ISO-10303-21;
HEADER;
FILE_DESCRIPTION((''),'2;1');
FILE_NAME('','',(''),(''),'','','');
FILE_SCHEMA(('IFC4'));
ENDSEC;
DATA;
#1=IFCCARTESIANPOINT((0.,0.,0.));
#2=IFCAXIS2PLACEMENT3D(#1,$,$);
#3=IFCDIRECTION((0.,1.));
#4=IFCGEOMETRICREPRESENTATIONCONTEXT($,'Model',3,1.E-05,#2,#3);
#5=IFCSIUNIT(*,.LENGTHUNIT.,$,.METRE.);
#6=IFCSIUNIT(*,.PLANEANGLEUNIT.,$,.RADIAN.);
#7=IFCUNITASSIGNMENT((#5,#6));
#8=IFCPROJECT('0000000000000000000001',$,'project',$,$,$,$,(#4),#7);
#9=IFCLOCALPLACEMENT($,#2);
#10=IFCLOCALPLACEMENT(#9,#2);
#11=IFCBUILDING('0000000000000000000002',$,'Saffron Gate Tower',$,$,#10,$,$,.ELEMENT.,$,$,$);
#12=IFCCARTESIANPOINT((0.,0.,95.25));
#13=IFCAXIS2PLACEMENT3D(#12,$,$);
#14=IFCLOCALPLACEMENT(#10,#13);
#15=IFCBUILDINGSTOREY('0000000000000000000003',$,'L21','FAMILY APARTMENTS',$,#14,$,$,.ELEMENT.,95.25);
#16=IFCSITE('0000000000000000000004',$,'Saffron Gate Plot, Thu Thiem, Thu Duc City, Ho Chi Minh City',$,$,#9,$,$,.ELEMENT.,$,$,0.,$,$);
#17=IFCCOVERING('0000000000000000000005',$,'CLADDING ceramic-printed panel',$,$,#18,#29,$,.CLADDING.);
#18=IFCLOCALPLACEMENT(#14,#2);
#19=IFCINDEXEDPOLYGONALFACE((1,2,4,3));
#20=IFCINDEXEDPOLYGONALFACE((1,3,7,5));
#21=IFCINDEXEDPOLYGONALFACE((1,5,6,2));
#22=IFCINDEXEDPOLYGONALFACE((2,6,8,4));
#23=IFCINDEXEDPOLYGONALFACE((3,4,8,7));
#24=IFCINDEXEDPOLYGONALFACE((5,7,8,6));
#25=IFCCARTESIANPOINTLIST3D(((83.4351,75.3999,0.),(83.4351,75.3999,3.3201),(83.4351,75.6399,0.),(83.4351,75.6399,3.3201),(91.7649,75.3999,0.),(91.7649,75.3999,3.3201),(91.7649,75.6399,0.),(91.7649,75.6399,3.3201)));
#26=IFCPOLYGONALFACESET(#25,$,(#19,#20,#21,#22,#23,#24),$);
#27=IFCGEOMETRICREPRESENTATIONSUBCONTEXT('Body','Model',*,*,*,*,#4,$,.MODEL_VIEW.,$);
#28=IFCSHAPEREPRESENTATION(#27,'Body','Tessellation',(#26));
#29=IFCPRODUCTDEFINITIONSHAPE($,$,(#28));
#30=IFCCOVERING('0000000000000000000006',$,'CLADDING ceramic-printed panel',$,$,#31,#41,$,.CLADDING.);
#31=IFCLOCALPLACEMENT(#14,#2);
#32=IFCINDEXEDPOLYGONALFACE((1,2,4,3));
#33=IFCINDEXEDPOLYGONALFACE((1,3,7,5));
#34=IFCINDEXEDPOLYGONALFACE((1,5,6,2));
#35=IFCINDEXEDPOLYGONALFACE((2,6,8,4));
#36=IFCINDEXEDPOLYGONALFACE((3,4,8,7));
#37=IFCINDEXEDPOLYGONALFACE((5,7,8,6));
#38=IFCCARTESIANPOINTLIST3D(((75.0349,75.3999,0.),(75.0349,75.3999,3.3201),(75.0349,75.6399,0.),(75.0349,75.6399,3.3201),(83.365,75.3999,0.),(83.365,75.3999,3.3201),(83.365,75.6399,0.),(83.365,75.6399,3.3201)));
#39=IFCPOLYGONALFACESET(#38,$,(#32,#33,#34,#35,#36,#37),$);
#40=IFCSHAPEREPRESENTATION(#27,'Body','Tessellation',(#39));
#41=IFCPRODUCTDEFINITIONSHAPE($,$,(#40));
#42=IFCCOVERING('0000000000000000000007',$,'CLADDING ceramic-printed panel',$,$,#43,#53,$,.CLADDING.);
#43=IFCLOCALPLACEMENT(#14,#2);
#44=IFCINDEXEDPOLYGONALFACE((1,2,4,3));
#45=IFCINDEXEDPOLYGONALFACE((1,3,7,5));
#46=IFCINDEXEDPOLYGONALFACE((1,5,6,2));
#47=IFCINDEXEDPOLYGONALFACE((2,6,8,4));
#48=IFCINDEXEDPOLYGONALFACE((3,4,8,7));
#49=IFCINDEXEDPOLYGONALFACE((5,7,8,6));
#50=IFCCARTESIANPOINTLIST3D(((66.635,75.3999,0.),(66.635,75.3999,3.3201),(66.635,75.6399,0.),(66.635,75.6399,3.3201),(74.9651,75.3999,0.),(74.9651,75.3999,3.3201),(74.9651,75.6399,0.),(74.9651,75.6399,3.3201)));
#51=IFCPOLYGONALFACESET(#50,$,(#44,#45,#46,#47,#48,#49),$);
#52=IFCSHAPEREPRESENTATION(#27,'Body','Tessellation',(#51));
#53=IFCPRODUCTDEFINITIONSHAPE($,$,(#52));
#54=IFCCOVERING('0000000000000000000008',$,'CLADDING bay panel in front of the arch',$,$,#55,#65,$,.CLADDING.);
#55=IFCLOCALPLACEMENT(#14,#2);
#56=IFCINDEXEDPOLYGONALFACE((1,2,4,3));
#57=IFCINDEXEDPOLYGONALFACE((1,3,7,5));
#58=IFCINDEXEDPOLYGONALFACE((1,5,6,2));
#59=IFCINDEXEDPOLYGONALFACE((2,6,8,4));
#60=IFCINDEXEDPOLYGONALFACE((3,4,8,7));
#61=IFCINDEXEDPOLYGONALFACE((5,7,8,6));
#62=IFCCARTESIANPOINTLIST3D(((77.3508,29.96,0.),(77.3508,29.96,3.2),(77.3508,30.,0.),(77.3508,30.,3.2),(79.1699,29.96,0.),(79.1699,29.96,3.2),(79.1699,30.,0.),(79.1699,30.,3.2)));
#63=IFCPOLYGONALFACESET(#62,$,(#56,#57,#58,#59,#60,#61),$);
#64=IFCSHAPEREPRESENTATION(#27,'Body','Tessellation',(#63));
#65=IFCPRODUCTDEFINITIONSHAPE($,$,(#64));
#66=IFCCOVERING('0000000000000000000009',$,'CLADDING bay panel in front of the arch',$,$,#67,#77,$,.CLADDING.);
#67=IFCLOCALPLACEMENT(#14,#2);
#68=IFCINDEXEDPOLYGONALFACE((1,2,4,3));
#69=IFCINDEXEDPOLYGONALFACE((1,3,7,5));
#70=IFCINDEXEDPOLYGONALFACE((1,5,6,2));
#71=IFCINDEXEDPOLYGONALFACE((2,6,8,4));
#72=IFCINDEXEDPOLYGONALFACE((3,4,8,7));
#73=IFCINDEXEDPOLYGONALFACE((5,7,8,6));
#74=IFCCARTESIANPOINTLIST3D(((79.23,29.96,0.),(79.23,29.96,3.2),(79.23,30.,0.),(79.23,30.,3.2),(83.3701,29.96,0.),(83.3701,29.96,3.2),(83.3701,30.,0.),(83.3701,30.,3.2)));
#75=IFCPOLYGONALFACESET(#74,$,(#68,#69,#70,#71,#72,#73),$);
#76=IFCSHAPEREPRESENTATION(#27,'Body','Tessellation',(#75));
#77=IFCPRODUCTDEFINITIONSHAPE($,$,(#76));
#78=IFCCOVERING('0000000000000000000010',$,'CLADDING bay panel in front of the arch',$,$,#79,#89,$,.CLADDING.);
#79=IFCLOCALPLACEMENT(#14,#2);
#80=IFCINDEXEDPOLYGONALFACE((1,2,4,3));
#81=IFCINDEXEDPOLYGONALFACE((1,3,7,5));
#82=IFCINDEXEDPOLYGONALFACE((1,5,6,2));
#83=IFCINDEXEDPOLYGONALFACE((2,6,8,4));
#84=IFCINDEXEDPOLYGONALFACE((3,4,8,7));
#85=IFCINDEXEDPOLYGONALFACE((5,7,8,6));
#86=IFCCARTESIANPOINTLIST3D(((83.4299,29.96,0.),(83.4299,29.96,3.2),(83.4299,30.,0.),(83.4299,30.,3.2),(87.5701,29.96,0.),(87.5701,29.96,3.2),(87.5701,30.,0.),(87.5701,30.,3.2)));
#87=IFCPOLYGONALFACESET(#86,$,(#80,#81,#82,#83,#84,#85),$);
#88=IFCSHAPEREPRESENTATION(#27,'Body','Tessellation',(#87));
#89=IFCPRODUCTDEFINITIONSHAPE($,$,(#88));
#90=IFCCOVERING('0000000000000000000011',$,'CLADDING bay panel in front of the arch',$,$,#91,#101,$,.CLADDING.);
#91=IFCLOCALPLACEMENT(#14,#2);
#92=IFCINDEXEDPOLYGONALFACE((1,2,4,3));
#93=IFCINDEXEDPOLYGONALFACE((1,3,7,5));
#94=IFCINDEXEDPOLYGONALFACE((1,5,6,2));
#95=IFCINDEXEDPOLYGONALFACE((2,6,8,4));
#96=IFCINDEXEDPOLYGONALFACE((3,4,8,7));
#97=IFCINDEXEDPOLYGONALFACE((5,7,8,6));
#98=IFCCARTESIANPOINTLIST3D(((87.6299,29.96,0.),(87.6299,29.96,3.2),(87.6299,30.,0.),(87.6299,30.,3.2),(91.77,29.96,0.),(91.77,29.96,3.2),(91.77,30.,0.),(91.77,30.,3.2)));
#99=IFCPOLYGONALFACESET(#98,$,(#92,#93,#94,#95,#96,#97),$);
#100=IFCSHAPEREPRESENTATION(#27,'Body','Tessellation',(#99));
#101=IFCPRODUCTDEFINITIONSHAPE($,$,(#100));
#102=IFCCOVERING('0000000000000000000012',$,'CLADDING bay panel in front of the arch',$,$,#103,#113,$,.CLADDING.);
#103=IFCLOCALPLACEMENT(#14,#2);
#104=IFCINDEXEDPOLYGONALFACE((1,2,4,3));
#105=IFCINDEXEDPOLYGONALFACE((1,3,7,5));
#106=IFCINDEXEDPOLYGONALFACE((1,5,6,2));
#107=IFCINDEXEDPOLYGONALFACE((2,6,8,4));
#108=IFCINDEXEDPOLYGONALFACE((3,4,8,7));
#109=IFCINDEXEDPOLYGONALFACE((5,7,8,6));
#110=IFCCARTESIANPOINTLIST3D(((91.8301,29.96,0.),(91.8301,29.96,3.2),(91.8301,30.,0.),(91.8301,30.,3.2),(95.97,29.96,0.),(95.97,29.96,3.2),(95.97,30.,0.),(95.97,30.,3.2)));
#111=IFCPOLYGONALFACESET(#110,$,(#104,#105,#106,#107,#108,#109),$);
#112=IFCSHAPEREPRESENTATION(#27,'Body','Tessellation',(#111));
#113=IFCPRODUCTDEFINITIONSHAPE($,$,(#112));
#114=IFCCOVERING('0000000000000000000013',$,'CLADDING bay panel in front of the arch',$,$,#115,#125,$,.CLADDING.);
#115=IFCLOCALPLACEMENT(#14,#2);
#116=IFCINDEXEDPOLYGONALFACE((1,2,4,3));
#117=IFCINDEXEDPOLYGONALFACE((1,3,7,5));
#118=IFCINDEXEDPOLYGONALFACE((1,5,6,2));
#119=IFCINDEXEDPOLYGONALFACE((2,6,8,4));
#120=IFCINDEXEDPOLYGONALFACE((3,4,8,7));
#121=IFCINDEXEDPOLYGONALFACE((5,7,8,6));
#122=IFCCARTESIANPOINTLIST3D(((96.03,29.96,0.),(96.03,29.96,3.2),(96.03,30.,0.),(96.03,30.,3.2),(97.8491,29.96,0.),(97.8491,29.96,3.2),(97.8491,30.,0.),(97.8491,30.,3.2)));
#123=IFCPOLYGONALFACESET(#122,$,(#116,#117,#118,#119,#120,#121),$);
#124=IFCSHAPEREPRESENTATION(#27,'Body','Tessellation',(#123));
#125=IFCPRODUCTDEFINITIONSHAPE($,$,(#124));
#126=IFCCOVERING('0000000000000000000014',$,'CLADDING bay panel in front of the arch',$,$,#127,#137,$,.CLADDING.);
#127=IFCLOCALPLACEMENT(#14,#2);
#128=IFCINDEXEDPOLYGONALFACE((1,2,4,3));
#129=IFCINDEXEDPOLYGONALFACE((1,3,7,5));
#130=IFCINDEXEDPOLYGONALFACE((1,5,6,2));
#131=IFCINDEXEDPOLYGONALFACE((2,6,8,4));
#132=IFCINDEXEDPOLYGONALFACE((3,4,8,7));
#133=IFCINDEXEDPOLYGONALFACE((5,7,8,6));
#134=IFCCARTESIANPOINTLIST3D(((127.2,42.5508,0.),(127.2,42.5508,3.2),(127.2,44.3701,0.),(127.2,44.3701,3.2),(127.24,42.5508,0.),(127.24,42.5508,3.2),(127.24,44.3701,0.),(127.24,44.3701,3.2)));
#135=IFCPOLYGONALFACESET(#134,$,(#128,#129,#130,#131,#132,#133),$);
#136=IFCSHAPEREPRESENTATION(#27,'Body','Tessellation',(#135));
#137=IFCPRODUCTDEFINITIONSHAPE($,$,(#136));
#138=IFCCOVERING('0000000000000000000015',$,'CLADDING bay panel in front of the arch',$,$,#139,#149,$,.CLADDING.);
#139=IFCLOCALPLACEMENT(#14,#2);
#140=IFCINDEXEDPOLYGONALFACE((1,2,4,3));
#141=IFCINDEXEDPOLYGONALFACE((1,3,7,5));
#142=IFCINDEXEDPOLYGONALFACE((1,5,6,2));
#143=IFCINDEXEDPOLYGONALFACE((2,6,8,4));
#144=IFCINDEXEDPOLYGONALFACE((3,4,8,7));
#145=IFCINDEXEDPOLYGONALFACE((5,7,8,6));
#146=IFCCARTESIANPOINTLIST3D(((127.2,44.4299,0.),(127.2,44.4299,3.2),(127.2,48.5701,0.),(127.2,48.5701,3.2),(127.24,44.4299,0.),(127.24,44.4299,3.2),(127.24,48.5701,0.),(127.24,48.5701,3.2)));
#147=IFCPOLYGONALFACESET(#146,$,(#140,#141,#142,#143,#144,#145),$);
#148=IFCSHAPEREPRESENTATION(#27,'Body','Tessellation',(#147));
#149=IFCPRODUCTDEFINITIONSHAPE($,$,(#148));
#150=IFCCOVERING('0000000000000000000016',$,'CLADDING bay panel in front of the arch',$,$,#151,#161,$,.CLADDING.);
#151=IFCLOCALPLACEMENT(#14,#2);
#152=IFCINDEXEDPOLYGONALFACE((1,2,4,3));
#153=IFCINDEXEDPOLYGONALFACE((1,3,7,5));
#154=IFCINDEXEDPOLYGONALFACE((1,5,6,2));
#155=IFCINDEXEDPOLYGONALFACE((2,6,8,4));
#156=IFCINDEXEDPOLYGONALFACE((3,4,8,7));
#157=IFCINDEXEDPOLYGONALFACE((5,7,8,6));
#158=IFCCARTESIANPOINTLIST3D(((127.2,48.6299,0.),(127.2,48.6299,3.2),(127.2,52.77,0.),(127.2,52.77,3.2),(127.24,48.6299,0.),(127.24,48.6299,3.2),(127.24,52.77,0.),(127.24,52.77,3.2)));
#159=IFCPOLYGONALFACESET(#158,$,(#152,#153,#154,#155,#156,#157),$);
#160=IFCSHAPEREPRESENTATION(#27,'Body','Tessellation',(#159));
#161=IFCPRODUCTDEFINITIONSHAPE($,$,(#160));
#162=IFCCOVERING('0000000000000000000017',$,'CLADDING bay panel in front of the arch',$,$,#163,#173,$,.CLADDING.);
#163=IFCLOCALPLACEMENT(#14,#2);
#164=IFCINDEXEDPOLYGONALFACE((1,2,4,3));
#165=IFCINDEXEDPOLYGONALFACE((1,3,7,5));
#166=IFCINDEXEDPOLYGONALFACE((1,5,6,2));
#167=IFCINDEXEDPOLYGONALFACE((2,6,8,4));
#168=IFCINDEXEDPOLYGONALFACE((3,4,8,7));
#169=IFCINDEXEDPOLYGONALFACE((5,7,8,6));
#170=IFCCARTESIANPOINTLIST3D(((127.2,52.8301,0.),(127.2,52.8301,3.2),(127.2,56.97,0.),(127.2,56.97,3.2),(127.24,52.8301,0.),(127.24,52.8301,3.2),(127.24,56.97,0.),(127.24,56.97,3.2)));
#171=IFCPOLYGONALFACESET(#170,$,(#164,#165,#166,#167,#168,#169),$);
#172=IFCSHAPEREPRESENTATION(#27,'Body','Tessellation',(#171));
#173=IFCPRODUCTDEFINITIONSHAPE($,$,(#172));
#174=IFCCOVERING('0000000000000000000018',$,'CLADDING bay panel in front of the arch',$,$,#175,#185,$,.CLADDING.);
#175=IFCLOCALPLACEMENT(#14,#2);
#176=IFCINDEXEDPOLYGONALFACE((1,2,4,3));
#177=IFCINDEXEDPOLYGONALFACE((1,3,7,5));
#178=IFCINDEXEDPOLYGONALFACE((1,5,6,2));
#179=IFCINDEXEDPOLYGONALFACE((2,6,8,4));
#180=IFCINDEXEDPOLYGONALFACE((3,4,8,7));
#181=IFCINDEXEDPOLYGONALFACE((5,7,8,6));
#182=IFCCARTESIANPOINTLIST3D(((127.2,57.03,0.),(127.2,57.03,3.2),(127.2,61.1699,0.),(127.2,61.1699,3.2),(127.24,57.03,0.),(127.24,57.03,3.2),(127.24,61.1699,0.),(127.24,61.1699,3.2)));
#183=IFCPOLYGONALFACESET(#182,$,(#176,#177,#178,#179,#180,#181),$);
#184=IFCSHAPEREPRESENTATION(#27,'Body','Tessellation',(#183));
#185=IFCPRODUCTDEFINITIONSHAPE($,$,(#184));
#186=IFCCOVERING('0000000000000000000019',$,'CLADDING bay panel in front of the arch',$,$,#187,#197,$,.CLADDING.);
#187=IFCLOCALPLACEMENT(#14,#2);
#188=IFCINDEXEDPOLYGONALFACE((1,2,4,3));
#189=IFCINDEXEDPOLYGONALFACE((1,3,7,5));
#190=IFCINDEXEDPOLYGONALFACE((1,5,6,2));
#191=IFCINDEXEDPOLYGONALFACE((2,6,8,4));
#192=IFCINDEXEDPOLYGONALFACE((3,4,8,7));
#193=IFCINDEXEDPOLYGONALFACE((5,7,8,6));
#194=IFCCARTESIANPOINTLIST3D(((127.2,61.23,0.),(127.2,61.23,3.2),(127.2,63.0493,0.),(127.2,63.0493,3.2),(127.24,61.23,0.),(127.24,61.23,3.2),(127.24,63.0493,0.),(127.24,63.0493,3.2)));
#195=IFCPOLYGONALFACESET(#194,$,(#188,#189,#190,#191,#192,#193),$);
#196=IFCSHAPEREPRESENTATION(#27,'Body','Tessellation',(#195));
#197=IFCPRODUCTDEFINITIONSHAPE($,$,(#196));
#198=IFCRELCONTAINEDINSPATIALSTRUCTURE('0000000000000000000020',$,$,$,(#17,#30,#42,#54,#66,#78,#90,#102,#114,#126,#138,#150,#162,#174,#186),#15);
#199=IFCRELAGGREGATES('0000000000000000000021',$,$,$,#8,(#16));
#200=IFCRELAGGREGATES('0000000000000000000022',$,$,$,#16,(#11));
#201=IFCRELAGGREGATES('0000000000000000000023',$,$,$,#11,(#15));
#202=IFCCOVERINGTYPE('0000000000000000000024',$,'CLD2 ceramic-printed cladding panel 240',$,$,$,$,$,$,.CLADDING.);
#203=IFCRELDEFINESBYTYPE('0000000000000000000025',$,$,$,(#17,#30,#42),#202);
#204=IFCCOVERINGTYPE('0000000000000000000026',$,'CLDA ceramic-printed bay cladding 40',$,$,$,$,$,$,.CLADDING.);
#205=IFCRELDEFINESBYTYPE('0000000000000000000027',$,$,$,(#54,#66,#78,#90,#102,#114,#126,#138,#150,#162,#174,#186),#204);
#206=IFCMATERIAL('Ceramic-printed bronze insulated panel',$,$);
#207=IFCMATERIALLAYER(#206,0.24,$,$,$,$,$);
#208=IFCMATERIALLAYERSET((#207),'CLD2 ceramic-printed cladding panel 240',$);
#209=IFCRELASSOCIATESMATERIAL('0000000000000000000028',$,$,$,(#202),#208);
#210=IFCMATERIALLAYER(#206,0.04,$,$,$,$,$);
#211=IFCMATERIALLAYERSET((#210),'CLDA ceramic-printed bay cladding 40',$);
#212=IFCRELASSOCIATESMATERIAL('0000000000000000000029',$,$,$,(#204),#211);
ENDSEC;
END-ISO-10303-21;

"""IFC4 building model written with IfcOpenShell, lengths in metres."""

from ifc_helpers import new_model, si_unit, direction, frame, origin, place, context, subcontext, project, spatial, polyline, outline, extrude, material, layer, layer_set, type_object, element, save


model = new_model("IFC4")

# Units and contexts
model_context = context("Model", 3, precision=1e-05, world=origin(), true_north=direction((0.0, 1.0)))
body_context = subcontext(model_context, "Body", "Model", "MODEL_VIEW")
ifc_project = project(units=[si_unit("LENGTHUNIT", "METRE"), si_unit("PLANEANGLEUNIT", "RADIAN")], contexts=[model_context])

# Site, building, storey
site_placement = place(None, origin())
site = spatial("IfcSite", under=ifc_project, at=site_placement, Name="Saffron Gate Plot, Thu Thiem, Thu Duc City, Ho Chi Minh City", CompositionType="ELEMENT", RefElevation=0.0)
building_placement = place(site_placement, origin())
building = spatial("IfcBuilding", under=site, at=building_placement, Name="Saffron Gate Tower", CompositionType="ELEMENT")
storey_placement = place(building_placement, frame((0.0, 0.0, 95.25)))
storey = spatial("IfcBuildingStorey", under=building, at=storey_placement, Name="L21", Description="FAMILY APARTMENTS", CompositionType="ELEMENT", Elevation=95.25)

# Coverings
ifc_material_1 = material(Name="Ceramic-printed bronze insulated panel")
ifc_layer_1 = layer(ifc_material_1, 0.24)
ifc_layer_set_1 = layer_set([ifc_layer_1], Name="CLD2 ceramic-printed cladding panel 240")
covering_type_1 = type_object("IfcCoveringType", Name="CLD2 ceramic-printed cladding panel 240", PredefinedType="CLADDING", material=ifc_layer_set_1)
covering_1_placement = place(storey_placement, origin())
element("IfcCovering", 1, at=covering_1_placement, inside=storey, type_object=covering_type_1, Name="CLADDING ceramic-printed panel", PredefinedType="CLADDING", context=body_context, shape_type="SweptSolid", body=[
    extrude(outline(polyline([(91.7649, 75.6399), (83.4351, 75.6399), (83.4351, 75.3999), (91.7649, 75.3999), (91.7649, 75.6399)])), origin(), (0.0, 0.0, 1.0), 3.3201),
])
covering_2_placement = place(storey_placement, origin())
element("IfcCovering", 2, at=covering_2_placement, inside=storey, type_object=covering_type_1, Name="CLADDING ceramic-printed panel", PredefinedType="CLADDING", context=body_context, shape_type="SweptSolid", body=[
    extrude(outline(polyline([(83.365, 75.6399), (75.0349, 75.6399), (75.0349, 75.3999), (83.365, 75.3999), (83.365, 75.6399)])), origin(), (0.0, 0.0, 1.0), 3.3201),
])
covering_3_placement = place(storey_placement, origin())
element("IfcCovering", 3, at=covering_3_placement, inside=storey, type_object=covering_type_1, Name="CLADDING ceramic-printed panel", PredefinedType="CLADDING", context=body_context, shape_type="SweptSolid", body=[
    extrude(outline(polyline([(74.9651, 75.6399), (66.635, 75.6399), (66.635, 75.3999), (74.9651, 75.3999), (74.9651, 75.6399)])), origin(), (0.0, 0.0, 1.0), 3.3201),
])
ifc_layer_2 = layer(ifc_material_1, 0.04)
ifc_layer_set_2 = layer_set([ifc_layer_2], Name="CLDA ceramic-printed bay cladding 40")
covering_type_2 = type_object("IfcCoveringType", Name="CLDA ceramic-printed bay cladding 40", PredefinedType="CLADDING", material=ifc_layer_set_2)
covering_4_placement = place(storey_placement, origin())
element("IfcCovering", 4, at=covering_4_placement, inside=storey, type_object=covering_type_2, Name="CLADDING bay panel in front of the arch", PredefinedType="CLADDING", context=body_context, shape_type="SweptSolid", body=[
    extrude(outline(polyline([(77.3508, 29.96), (79.1699, 29.96), (79.1699, 30.0), (77.3508, 30.0), (77.3508, 29.96)])), origin(), (0.0, 0.0, 1.0), 3.2),
])
covering_5_placement = place(storey_placement, origin())
element("IfcCovering", 5, at=covering_5_placement, inside=storey, type_object=covering_type_2, Name="CLADDING bay panel in front of the arch", PredefinedType="CLADDING", context=body_context, shape_type="SweptSolid", body=[
    extrude(outline(polyline([(79.23, 29.96), (83.3701, 29.96), (83.3701, 30.0), (79.23, 30.0), (79.23, 29.96)])), origin(), (0.0, 0.0, 1.0), 3.2),
])
covering_6_placement = place(storey_placement, origin())
element("IfcCovering", 6, at=covering_6_placement, inside=storey, type_object=covering_type_2, Name="CLADDING bay panel in front of the arch", PredefinedType="CLADDING", context=body_context, shape_type="SweptSolid", body=[
    extrude(outline(polyline([(83.4299, 29.96), (87.5701, 29.96), (87.5701, 30.0), (83.4299, 30.0), (83.4299, 29.96)])), origin(), (0.0, 0.0, 1.0), 3.2),
])
covering_7_placement = place(storey_placement, origin())
element("IfcCovering", 7, at=covering_7_placement, inside=storey, type_object=covering_type_2, Name="CLADDING bay panel in front of the arch", PredefinedType="CLADDING", context=body_context, shape_type="SweptSolid", body=[
    extrude(outline(polyline([(87.6299, 29.96), (91.77, 29.96), (91.77, 30.0), (87.6299, 30.0), (87.6299, 29.96)])), origin(), (0.0, 0.0, 1.0), 3.2),
])
covering_8_placement = place(storey_placement, origin())
element("IfcCovering", 8, at=covering_8_placement, inside=storey, type_object=covering_type_2, Name="CLADDING bay panel in front of the arch", PredefinedType="CLADDING", context=body_context, shape_type="SweptSolid", body=[
    extrude(outline(polyline([(91.8301, 29.96), (95.97, 29.96), (95.97, 30.0), (91.8301, 30.0), (91.8301, 29.96)])), origin(), (0.0, 0.0, 1.0), 3.2),
])
covering_9_placement = place(storey_placement, origin())
element("IfcCovering", 9, at=covering_9_placement, inside=storey, type_object=covering_type_2, Name="CLADDING bay panel in front of the arch", PredefinedType="CLADDING", context=body_context, shape_type="SweptSolid", body=[
    extrude(outline(polyline([(96.03, 29.96), (97.8491, 29.96), (97.8491, 30.0), (96.03, 30.0), (96.03, 29.96)])), origin(), (0.0, 0.0, 1.0), 3.2),
])
covering_10_placement = place(storey_placement, origin())
element("IfcCovering", 10, at=covering_10_placement, inside=storey, type_object=covering_type_2, Name="CLADDING bay panel in front of the arch", PredefinedType="CLADDING", context=body_context, shape_type="SweptSolid", body=[
    extrude(outline(polyline([(127.24, 42.5508), (127.24, 44.3701), (127.2, 44.3701), (127.2, 42.5508), (127.24, 42.5508)])), origin(), (0.0, 0.0, 1.0), 3.2),
])
covering_11_placement = place(storey_placement, origin())
element("IfcCovering", 11, at=covering_11_placement, inside=storey, type_object=covering_type_2, Name="CLADDING bay panel in front of the arch", PredefinedType="CLADDING", context=body_context, shape_type="SweptSolid", body=[
    extrude(outline(polyline([(127.24, 44.4299), (127.24, 48.5701), (127.2, 48.5701), (127.2, 44.4299), (127.24, 44.4299)])), origin(), (0.0, 0.0, 1.0), 3.2),
])
covering_12_placement = place(storey_placement, origin())
element("IfcCovering", 12, at=covering_12_placement, inside=storey, type_object=covering_type_2, Name="CLADDING bay panel in front of the arch", PredefinedType="CLADDING", context=body_context, shape_type="SweptSolid", body=[
    extrude(outline(polyline([(127.24, 48.6299), (127.24, 52.77), (127.2, 52.77), (127.2, 48.6299), (127.24, 48.6299)])), origin(), (0.0, 0.0, 1.0), 3.2),
])
covering_13_placement = place(storey_placement, origin())
element("IfcCovering", 13, at=covering_13_placement, inside=storey, type_object=covering_type_2, Name="CLADDING bay panel in front of the arch", PredefinedType="CLADDING", context=body_context, shape_type="SweptSolid", body=[
    extrude(outline(polyline([(127.24, 52.8301), (127.24, 56.97), (127.2, 56.97), (127.2, 52.8301), (127.24, 52.8301)])), origin(), (0.0, 0.0, 1.0), 3.2),
])
covering_14_placement = place(storey_placement, origin())
element("IfcCovering", 14, at=covering_14_placement, inside=storey, type_object=covering_type_2, Name="CLADDING bay panel in front of the arch", PredefinedType="CLADDING", context=body_context, shape_type="SweptSolid", body=[
    extrude(outline(polyline([(127.24, 57.03), (127.24, 61.1699), (127.2, 61.1699), (127.2, 57.03), (127.24, 57.03)])), origin(), (0.0, 0.0, 1.0), 3.2),
])
covering_15_placement = place(storey_placement, origin())
element("IfcCovering", 15, at=covering_15_placement, inside=storey, type_object=covering_type_2, Name="CLADDING bay panel in front of the arch", PredefinedType="CLADDING", context=body_context, shape_type="SweptSolid", body=[
    extrude(outline(polyline([(127.24, 61.23), (127.24, 63.0493), (127.2, 63.0493), (127.2, 61.23), (127.24, 61.23)])), origin(), (0.0, 0.0, 1.0), 3.2),
])

save(model, "model.ifc")
